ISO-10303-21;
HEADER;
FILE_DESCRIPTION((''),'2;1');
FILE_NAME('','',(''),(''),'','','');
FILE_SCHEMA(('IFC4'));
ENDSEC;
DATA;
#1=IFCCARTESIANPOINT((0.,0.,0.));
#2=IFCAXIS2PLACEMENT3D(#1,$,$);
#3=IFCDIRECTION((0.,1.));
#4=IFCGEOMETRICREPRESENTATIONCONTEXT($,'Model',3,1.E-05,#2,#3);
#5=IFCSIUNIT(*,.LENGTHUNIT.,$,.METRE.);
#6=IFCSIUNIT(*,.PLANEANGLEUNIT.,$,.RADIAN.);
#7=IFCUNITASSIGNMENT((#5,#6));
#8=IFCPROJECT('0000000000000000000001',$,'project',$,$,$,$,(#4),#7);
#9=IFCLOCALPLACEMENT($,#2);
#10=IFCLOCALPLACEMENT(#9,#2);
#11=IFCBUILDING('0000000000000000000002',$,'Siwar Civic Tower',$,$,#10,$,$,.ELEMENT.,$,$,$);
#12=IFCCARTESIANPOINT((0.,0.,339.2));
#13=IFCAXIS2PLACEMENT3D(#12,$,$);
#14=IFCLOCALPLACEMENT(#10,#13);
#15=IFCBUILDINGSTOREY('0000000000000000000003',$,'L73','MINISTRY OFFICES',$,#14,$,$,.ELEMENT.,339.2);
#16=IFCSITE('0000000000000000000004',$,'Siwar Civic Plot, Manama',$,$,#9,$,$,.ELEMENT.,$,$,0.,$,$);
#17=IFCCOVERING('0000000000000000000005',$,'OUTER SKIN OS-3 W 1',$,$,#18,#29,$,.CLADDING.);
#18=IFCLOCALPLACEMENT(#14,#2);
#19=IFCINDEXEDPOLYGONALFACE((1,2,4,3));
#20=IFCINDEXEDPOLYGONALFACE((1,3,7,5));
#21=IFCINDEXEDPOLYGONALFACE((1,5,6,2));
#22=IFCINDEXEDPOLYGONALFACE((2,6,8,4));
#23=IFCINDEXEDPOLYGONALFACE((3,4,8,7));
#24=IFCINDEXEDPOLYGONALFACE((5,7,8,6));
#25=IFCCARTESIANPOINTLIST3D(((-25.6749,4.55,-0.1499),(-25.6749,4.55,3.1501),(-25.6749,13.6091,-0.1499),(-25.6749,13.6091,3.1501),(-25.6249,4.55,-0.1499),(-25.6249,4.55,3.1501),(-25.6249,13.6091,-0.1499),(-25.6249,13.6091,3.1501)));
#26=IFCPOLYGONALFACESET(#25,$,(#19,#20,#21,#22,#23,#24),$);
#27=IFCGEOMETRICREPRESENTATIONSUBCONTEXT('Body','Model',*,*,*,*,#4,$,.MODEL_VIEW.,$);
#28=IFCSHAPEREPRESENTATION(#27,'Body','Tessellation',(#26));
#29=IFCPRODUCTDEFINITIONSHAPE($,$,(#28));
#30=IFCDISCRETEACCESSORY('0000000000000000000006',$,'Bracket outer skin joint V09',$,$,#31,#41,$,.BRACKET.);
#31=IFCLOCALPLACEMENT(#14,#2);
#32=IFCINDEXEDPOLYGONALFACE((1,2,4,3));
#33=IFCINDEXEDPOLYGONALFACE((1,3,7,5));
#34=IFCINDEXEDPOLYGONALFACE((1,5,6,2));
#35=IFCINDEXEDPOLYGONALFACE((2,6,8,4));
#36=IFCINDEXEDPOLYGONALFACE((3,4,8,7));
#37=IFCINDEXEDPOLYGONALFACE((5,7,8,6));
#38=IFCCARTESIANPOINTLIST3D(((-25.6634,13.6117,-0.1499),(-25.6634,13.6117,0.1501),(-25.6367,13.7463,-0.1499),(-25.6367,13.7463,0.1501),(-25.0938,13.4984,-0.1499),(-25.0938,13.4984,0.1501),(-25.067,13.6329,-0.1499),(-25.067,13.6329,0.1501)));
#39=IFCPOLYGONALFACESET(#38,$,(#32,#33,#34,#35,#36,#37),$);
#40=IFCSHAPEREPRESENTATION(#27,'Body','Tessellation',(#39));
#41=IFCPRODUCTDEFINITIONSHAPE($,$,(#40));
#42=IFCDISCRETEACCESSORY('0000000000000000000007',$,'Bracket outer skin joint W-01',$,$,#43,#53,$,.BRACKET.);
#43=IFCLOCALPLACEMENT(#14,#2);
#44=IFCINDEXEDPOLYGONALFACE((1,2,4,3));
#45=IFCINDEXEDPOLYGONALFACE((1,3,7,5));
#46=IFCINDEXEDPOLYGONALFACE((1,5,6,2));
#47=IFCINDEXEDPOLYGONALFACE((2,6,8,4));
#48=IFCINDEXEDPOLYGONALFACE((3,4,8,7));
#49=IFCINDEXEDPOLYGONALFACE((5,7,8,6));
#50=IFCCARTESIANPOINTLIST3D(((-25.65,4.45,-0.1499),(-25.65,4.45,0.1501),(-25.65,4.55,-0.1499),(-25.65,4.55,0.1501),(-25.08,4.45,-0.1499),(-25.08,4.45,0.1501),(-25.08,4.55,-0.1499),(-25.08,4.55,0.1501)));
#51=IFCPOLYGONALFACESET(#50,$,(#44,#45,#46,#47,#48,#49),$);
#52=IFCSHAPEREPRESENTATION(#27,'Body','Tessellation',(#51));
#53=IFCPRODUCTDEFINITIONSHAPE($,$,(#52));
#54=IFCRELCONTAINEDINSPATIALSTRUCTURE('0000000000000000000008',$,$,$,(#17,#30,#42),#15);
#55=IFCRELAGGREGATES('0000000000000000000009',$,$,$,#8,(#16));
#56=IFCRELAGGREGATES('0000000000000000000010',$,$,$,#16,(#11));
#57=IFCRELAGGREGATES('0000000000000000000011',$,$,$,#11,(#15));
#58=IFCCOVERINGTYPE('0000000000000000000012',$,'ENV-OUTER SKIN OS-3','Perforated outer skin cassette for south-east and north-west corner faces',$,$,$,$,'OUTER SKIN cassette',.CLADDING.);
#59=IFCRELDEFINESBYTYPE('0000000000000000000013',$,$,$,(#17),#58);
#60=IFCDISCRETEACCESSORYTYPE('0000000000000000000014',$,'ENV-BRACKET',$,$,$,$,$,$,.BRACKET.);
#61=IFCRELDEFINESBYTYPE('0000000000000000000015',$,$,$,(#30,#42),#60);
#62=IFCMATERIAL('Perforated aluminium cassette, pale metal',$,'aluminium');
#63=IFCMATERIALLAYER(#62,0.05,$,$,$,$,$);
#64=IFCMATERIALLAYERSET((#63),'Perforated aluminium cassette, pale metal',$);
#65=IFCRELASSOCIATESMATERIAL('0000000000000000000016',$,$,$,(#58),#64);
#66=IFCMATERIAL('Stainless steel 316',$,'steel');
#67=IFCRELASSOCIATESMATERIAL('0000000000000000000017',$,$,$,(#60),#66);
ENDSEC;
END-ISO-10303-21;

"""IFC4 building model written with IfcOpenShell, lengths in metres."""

from ifc_helpers import new_model, si_unit, direction, frame, origin, origin_2d, place, context, subcontext, project, spatial, rectangle, extrude, material, layer, layer_set, type_object, element, save


model = new_model("IFC4")

# Units and contexts
model_context = context("Model", 3, precision=1e-05, world=origin(), true_north=direction((0.0, 1.0)))
body_context = subcontext(model_context, "Body", "Model", "MODEL_VIEW")
ifc_project = project(units=[si_unit("LENGTHUNIT", "METRE"), si_unit("PLANEANGLEUNIT", "RADIAN")], contexts=[model_context])

# Site, building, storey
site_placement = place(None, origin())
site = spatial("IfcSite", under=ifc_project, at=site_placement, Name="Siwar Civic Plot, Manama", CompositionType="ELEMENT", RefElevation=0.0)
building_placement = place(site_placement, origin())
building = spatial("IfcBuilding", under=site, at=building_placement, Name="Siwar Civic Tower", CompositionType="ELEMENT")
storey_placement = place(building_placement, frame((0.0, 0.0, 339.2)))
storey = spatial("IfcBuildingStorey", under=building, at=storey_placement, Name="L73", Description="MINISTRY OFFICES", CompositionType="ELEMENT", Elevation=339.2)

# Covering
ifc_material_1 = material(Name="Perforated aluminium cassette, pale metal", Category="aluminium")
ifc_layer_1 = layer(ifc_material_1, 0.05)
ifc_layer_set_1 = layer_set([ifc_layer_1], Name="Perforated aluminium cassette, pale metal")
covering_type = type_object("IfcCoveringType", Name="ENV-OUTER SKIN OS-3", Description="Perforated outer skin cassette for south-east and north-west corner faces", ElementType="OUTER SKIN cassette", PredefinedType="CLADDING", material=ifc_layer_set_1)
covering_placement = place(storey_placement, frame((-25.6499, 9.0796, -0.1499), z_axis=(0.0, 0.0, 1.0), x_axis=(0.0, -1.0, 0.0)))
element("IfcCovering", 1, at=covering_placement, inside=storey, type_object=covering_type, Name="OUTER SKIN OS-3 W 1", PredefinedType="CLADDING", context=body_context, shape_type="SweptSolid", body=[
    extrude(rectangle(XDim=9.0591, YDim=0.05, at=origin_2d()), origin(), (0.0, 0.0, 1.0), 3.3),
])

# Discrete accessories
ifc_material_2 = material(Name="Stainless steel 316", Category="steel")
discrete_accessory_type = type_object("IfcDiscreteAccessoryType", Name="ENV-BRACKET", PredefinedType="BRACKET", material=ifc_material_2)
discrete_accessory_1_placement = place(storey_placement, frame((-25.3652, 13.6223, -0.1499), z_axis=(0.0, 0.0, 1.0), x_axis=(-0.980785, 0.19509, 0.0)))
element("IfcDiscreteAccessory", 2, at=discrete_accessory_1_placement, inside=storey, type_object=discrete_accessory_type, Name="Bracket outer skin joint V09", PredefinedType="BRACKET", context=body_context, shape_type="SweptSolid", body=[
    extrude(rectangle(XDim=0.5808, YDim=0.1372, at=origin_2d()), origin(), (0.0, 0.0, 1.0), 0.3),
])
discrete_accessory_2_placement = place(storey_placement, frame((-25.365, 4.5, -0.1499), z_axis=(0.0, 0.0, 1.0), x_axis=(-1.0, 0.0, 0.0)))
element("IfcDiscreteAccessory", 3, at=discrete_accessory_2_placement, inside=storey, type_object=discrete_accessory_type, Name="Bracket outer skin joint W-01", PredefinedType="BRACKET", context=body_context, shape_type="SweptSolid", body=[
    extrude(rectangle(XDim=0.5701, YDim=0.1001, at=origin_2d()), origin(), (0.0, 0.0, 1.0), 0.3),
])

save(model, "model.ifc")
